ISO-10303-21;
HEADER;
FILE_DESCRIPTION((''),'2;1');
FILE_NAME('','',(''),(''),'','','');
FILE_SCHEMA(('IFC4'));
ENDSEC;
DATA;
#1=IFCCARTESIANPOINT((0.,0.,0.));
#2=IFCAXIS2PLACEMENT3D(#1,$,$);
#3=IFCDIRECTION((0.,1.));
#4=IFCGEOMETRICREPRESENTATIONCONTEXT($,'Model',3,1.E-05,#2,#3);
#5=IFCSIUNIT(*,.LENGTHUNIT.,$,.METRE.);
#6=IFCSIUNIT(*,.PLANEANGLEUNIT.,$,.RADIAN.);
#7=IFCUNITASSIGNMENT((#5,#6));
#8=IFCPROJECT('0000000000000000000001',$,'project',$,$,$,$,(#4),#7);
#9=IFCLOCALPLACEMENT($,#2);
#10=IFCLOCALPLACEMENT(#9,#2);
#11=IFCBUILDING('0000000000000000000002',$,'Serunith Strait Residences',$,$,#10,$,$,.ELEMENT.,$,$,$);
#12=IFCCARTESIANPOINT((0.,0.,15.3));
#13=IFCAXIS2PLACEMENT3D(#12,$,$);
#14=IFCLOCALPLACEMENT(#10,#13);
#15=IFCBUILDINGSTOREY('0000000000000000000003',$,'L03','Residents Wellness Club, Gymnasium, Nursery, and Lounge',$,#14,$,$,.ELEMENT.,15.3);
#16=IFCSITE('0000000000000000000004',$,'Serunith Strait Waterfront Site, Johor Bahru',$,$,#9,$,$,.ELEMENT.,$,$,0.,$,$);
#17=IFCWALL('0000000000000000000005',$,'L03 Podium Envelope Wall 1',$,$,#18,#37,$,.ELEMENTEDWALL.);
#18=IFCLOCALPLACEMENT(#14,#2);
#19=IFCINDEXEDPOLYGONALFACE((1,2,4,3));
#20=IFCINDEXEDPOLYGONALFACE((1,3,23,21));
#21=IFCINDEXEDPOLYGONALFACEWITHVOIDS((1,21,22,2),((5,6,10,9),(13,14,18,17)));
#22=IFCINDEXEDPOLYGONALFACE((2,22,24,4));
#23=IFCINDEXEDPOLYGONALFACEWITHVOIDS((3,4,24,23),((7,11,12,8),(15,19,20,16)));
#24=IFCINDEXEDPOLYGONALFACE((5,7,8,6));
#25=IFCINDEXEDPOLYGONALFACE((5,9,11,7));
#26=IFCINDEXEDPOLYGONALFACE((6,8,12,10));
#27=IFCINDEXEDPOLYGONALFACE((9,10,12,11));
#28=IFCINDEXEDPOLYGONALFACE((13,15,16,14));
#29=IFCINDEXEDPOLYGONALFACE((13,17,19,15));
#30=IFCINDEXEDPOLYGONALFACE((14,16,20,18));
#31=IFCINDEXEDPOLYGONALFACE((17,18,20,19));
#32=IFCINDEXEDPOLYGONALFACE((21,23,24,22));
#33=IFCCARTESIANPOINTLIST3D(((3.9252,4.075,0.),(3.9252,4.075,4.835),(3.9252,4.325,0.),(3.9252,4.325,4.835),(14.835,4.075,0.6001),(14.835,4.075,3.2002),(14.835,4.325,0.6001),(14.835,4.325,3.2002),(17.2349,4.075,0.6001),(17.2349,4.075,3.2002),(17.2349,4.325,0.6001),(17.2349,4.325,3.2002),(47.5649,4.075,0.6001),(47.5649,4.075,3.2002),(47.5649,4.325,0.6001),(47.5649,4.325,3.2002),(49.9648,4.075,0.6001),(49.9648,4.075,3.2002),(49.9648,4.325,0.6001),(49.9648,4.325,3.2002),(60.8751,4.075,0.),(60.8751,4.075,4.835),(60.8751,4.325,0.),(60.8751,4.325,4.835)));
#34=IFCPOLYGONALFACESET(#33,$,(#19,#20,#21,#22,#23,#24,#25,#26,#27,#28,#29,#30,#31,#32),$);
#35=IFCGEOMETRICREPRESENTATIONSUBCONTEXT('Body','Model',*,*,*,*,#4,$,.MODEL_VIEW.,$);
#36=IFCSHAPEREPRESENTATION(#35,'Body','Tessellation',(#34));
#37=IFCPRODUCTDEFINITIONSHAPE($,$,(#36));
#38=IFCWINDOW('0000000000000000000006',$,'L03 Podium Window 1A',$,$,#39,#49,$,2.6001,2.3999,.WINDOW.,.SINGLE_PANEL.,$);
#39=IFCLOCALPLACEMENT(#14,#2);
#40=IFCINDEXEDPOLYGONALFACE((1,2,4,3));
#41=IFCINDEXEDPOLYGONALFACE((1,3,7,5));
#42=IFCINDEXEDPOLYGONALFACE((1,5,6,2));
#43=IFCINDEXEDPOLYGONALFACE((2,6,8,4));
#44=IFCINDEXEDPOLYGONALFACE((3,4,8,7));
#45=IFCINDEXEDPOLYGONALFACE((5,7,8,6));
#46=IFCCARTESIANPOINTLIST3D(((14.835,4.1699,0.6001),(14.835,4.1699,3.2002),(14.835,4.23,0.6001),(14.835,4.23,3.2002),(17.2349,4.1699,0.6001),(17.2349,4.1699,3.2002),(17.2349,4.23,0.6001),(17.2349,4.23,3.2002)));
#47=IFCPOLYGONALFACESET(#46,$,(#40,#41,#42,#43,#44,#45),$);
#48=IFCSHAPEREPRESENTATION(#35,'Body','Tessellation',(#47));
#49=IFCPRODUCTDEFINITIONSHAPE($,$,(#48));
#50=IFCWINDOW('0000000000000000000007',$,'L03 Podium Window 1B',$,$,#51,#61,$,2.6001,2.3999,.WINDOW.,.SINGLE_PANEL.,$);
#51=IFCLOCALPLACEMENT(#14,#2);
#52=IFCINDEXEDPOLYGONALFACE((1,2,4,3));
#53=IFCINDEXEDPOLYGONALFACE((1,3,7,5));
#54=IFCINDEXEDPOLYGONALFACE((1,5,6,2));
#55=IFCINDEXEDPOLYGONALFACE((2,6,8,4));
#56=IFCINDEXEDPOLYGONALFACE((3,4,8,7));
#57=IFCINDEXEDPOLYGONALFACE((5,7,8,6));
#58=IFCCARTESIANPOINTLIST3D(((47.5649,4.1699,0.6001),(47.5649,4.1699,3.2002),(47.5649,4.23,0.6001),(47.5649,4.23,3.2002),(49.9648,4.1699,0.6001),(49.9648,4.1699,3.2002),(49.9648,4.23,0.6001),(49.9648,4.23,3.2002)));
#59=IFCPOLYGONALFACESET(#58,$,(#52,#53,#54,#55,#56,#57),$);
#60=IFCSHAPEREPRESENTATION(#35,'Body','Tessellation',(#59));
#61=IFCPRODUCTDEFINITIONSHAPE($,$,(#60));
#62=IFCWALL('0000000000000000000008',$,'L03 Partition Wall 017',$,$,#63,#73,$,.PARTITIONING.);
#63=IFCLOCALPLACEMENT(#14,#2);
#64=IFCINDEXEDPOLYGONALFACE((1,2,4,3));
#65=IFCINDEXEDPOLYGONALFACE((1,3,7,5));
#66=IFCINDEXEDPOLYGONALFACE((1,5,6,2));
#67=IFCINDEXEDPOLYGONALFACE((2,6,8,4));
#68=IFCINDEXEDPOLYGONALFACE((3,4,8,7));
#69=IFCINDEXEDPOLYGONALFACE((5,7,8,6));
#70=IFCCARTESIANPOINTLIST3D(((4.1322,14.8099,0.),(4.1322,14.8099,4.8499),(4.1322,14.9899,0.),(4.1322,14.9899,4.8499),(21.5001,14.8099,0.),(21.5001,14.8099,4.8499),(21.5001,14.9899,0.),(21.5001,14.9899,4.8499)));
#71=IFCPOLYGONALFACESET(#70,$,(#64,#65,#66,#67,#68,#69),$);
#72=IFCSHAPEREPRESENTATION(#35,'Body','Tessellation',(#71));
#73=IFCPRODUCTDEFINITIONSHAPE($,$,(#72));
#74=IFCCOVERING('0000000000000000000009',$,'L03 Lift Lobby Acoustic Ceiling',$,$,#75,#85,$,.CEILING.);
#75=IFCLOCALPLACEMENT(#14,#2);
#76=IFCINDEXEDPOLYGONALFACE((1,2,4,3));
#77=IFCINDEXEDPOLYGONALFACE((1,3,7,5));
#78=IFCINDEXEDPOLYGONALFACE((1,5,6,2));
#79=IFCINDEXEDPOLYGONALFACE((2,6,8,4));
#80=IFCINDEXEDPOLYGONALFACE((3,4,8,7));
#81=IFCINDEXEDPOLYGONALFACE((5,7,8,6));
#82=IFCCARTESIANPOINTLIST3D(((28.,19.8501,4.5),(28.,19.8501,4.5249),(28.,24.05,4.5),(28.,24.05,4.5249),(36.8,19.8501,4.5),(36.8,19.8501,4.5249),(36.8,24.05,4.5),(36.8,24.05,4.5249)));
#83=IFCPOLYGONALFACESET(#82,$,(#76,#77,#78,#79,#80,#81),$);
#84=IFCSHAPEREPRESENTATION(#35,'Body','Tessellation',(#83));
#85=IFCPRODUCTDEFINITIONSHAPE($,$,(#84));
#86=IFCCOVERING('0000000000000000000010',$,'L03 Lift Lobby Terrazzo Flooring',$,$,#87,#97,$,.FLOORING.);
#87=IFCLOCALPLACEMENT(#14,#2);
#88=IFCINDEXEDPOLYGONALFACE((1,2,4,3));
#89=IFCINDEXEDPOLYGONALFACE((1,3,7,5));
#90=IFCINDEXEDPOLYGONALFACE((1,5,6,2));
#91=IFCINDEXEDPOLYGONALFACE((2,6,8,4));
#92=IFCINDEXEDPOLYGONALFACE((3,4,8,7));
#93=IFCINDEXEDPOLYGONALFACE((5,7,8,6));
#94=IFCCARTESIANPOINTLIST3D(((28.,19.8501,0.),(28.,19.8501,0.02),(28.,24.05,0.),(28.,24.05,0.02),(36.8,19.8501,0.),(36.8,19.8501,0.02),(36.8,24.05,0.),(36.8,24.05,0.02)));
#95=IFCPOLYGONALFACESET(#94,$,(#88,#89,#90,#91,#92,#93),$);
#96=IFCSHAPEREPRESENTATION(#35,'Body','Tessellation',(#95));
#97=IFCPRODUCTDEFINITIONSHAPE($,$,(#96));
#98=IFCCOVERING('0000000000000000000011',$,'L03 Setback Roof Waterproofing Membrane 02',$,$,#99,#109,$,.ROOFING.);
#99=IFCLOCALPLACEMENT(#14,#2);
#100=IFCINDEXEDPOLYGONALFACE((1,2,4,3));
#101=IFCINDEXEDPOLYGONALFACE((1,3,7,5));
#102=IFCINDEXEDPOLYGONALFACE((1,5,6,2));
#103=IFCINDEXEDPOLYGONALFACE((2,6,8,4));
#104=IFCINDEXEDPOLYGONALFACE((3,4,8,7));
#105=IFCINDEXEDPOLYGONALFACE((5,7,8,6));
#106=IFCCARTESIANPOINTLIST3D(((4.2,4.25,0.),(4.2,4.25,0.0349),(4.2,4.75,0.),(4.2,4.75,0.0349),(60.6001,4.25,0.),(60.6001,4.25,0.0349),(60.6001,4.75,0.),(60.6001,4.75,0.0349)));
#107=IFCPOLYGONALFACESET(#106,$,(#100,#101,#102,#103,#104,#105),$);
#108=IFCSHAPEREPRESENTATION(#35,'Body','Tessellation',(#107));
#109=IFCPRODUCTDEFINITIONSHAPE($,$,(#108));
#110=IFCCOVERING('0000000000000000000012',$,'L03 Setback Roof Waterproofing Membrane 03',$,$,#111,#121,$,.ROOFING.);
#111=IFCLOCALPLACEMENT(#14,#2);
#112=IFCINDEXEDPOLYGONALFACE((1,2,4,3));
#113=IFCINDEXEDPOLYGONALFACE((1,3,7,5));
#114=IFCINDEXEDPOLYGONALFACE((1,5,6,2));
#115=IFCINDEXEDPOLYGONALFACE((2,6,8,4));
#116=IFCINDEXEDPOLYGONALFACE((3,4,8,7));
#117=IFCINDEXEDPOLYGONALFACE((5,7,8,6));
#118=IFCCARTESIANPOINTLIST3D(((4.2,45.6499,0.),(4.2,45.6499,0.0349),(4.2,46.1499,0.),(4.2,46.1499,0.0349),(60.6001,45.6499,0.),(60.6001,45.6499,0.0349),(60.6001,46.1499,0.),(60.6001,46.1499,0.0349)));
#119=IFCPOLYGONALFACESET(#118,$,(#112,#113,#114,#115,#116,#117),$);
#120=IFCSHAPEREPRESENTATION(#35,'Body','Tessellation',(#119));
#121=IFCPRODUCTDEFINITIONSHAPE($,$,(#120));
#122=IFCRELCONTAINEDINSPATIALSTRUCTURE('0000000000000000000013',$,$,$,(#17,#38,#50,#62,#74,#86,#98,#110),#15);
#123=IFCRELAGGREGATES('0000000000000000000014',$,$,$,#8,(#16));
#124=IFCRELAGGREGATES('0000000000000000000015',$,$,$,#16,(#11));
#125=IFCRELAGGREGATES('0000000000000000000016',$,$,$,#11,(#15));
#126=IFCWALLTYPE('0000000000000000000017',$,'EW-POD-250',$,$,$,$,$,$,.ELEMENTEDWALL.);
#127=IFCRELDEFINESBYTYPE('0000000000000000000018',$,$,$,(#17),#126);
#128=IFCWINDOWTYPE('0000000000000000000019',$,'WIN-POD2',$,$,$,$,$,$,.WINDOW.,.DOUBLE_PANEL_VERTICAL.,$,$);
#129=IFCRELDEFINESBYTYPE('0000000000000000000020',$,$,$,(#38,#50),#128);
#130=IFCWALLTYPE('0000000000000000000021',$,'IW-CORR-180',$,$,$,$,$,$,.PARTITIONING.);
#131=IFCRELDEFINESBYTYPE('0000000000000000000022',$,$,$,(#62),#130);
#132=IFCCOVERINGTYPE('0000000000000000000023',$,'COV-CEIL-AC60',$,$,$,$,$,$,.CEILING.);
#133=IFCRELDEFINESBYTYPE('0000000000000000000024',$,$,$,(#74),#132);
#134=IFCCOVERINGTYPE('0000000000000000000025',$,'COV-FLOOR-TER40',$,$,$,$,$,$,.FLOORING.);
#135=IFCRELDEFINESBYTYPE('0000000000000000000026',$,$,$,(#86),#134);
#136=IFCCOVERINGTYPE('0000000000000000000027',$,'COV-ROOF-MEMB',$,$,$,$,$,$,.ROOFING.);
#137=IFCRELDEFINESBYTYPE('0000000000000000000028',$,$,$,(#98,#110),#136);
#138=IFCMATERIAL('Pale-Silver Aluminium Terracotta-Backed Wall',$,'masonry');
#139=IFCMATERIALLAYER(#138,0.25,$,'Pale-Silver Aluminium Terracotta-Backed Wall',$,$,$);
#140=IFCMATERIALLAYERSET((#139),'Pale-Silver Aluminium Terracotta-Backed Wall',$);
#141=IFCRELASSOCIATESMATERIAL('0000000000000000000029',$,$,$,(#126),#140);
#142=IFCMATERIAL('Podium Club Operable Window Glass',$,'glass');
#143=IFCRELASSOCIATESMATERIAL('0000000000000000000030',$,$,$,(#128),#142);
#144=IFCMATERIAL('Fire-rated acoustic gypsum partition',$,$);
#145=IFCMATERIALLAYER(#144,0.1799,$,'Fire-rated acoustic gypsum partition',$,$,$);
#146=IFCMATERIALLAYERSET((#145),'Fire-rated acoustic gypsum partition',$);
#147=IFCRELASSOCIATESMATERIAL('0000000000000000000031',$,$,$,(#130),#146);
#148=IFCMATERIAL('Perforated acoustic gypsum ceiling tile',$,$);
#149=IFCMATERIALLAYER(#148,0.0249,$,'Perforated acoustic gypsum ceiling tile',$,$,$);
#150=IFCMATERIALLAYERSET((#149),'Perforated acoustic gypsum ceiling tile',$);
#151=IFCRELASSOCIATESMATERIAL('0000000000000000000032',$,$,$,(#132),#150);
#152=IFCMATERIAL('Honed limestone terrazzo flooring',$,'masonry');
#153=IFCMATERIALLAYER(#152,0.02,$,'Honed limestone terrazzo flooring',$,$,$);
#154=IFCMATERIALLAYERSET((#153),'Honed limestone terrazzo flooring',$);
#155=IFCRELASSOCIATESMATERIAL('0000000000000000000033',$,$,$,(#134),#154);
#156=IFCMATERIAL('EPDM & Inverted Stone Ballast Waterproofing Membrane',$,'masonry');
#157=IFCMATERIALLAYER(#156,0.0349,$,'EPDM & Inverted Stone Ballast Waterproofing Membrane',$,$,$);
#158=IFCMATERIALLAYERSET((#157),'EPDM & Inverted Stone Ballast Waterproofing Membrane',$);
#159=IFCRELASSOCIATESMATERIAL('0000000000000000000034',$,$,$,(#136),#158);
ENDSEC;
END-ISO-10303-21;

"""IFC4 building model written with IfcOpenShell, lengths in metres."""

from ifc_helpers import new_model, si_unit, direction, frame, frame_2d, origin, place, context, subcontext, project, spatial, polyline, rectangle, outline, extrude, source, transform, mapped, material, layer, layer_set, type_object, element, fill, save


model = new_model("IFC4")

# Units and contexts
model_context = context("Model", 3, precision=1e-05, world=origin(), true_north=direction((0.0, 1.0)))
body_context = subcontext(model_context, "Body", "Model", "MODEL_VIEW")
ifc_project = project(units=[si_unit("LENGTHUNIT", "METRE"), si_unit("PLANEANGLEUNIT", "RADIAN")], contexts=[model_context])

# Site, building, storey
site_placement = place(None, origin())
site = spatial("IfcSite", under=ifc_project, at=site_placement, Name="Serunith Strait Waterfront Site, Johor Bahru", CompositionType="ELEMENT", RefElevation=0.0)
building_placement = place(site_placement, origin())
building = spatial("IfcBuilding", under=site, at=building_placement, Name="Serunith Strait Residences", CompositionType="ELEMENT")
storey_placement = place(building_placement, frame((0.0, 0.0, 15.3)))
storey = spatial("IfcBuildingStorey", under=building, at=storey_placement, Name="L03", Description="Residents Wellness Club, Gymnasium, Nursery, and Lounge", CompositionType="ELEMENT", Elevation=15.3)

# Wall, openings, windows
ifc_material_1 = material(Name="Pale-Silver Aluminium Terracotta-Backed Wall", Category="masonry")
ifc_layer_1 = layer(ifc_material_1, 0.25, Name="Pale-Silver Aluminium Terracotta-Backed Wall")
ifc_layer_set_1 = layer_set([ifc_layer_1], Name="Pale-Silver Aluminium Terracotta-Backed Wall")
wall_type_1 = type_object("IfcWallType", Name="EW-POD-250", PredefinedType="ELEMENTEDWALL", material=ifc_layer_set_1)
wall_1_placement = place(storey_placement, frame((3.925, 4.2, 0.0), z_axis=(0.0, 0.0, 1.0), x_axis=(1.0, 0.0, 0.0)))
wall_1 = element("IfcWall", 1, at=wall_1_placement, inside=storey, type_object=wall_type_1, Name="L03 Podium Envelope Wall 1", PredefinedType="ELEMENTEDWALL", context=body_context, shape_type="SweptSolid", body=[
    extrude(rectangle(XDim=56.95, YDim=0.25, at=frame_2d((28.4751, 0.0))), origin(), (0.0, 0.0, 1.0), 4.835),
])
opening_1_placement = place(wall_1_placement, frame((10.9099, 0.0, 0.6001)))
opening_1 = element("IfcOpeningElement", 2, at=opening_1_placement, cuts=wall_1, PredefinedType="OPENING", context=body_context, shape_type="SweptSolid", body=[
    extrude(rectangle(XDim=2.3999, YDim=2.6001, at=frame_2d((1.2, 1.3))), frame((0.0, 0.135, 0.0), z_axis=(0.0, -1.0, 0.0), x_axis=(1.0, 0.0, 0.0)), (0.0, 0.0, 1.0), 0.27),
])
opening_2_placement = place(wall_1_placement, frame((43.6399, 0.0, 0.6001)))
opening_2 = element("IfcOpeningElement", 3, at=opening_2_placement, cuts=wall_1, PredefinedType="OPENING", context=body_context, shape_type="SweptSolid", body=[
    extrude(rectangle(XDim=2.3999, YDim=2.6001, at=frame_2d((1.2, 1.3))), frame((0.0, 0.135, 0.0), z_axis=(0.0, -1.0, 0.0), x_axis=(1.0, 0.0, 0.0)), (0.0, 0.0, 1.0), 0.27),
])
ifc_material_2 = material(Name="Podium Club Operable Window Glass", Category="glass")
window_type_1 = type_object("IfcWindowType", Name="WIN-POD2", PartitioningType="DOUBLE_PANEL_VERTICAL", PredefinedType="WINDOW", material=ifc_material_2)
shared_shape_1 = source(origin(), body_context, "Body", "SweptSolid", [
    extrude(rectangle(XDim=2.3999, YDim=2.6001, at=frame_2d((1.2, 1.3))), frame((0.0, 0.03, 0.0), z_axis=(0.0, -1.0, 0.0), x_axis=(1.0, 0.0, 0.0)), (0.0, 0.0, 1.0), 0.0601),
])
window_1_placement = place(opening_1_placement, origin())
window_1 = element("IfcWindow", 4, at=window_1_placement, inside=storey, type_object=window_type_1, Name="L03 Podium Window 1A", OverallHeight=2.6001, OverallWidth=2.3999, PartitioningType="SINGLE_PANEL", PredefinedType="WINDOW", context=body_context, shape_type="MappedRepresentation", body=[
    mapped(shared_shape_1, transform((0.0, 0.0, 0.0), scale=1.0)),
])
fill(opening_1, window_1)
window_2_placement = place(opening_2_placement, origin())
window_2 = element("IfcWindow", 5, at=window_2_placement, inside=storey, type_object=window_type_1, Name="L03 Podium Window 1B", OverallHeight=2.6001, OverallWidth=2.3999, PartitioningType="SINGLE_PANEL", PredefinedType="WINDOW", context=body_context, shape_type="MappedRepresentation", body=[
    mapped(shared_shape_1, transform((0.0, 0.0, 0.0), scale=1.0)),
])
fill(opening_2, window_2)

# Wall
ifc_material_3 = material(Name="Fire-rated acoustic gypsum partition")
ifc_layer_2 = layer(ifc_material_3, 0.1799, Name="Fire-rated acoustic gypsum partition")
ifc_layer_set_2 = layer_set([ifc_layer_2], Name="Fire-rated acoustic gypsum partition")
wall_type_2 = type_object("IfcWallType", Name="IW-CORR-180", PredefinedType="PARTITIONING", material=ifc_layer_set_2)
wall_2_placement = place(storey_placement, frame((4.1321, 14.8999, 0.0), z_axis=(0.0, 0.0, 1.0), x_axis=(1.0, 0.0, 0.0)))
element("IfcWall", 6, at=wall_2_placement, inside=storey, type_object=wall_type_2, Name="L03 Partition Wall 017", PredefinedType="PARTITIONING", context=body_context, shape_type="SweptSolid", body=[
    extrude(rectangle(XDim=17.3679, YDim=0.1799, at=frame_2d((8.6841, 0.0))), origin(), (0.0, 0.0, 1.0), 4.8499),
])

# Coverings
ifc_material_4 = material(Name="Perforated acoustic gypsum ceiling tile")
ifc_layer_3 = layer(ifc_material_4, 0.0249, Name="Perforated acoustic gypsum ceiling tile")
ifc_layer_set_3 = layer_set([ifc_layer_3], Name="Perforated acoustic gypsum ceiling tile")
covering_type_1 = type_object("IfcCoveringType", Name="COV-CEIL-AC60", PredefinedType="CEILING", material=ifc_layer_set_3)
covering_1_placement = place(storey_placement, frame((0.0, 0.0, 4.5)))
element("IfcCovering", 7, at=covering_1_placement, inside=storey, type_object=covering_type_1, Name="L03 Lift Lobby Acoustic Ceiling", PredefinedType="CEILING", context=body_context, shape_type="SweptSolid", body=[
    extrude(outline(polyline([(28.0, 19.8501), (36.8, 19.8501), (36.8, 24.05), (28.0, 24.05), (28.0, 19.8501)])), origin(), (0.0, 0.0, 1.0), 0.0249),
])
ifc_material_5 = material(Name="Honed limestone terrazzo flooring", Category="masonry")
ifc_layer_4 = layer(ifc_material_5, 0.02, Name="Honed limestone terrazzo flooring")
ifc_layer_set_4 = layer_set([ifc_layer_4], Name="Honed limestone terrazzo flooring")
covering_type_2 = type_object("IfcCoveringType", Name="COV-FLOOR-TER40", PredefinedType="FLOORING", material=ifc_layer_set_4)
covering_2_placement = place(storey_placement, origin())
element("IfcCovering", 8, at=covering_2_placement, inside=storey, type_object=covering_type_2, Name="L03 Lift Lobby Terrazzo Flooring", PredefinedType="FLOORING", context=body_context, shape_type="SweptSolid", body=[
    extrude(outline(polyline([(28.0, 19.8501), (36.8, 19.8501), (36.8, 24.05), (28.0, 24.05), (28.0, 19.8501)])), origin(), (0.0, 0.0, 1.0), 0.02),
])
ifc_material_6 = material(Name="EPDM & Inverted Stone Ballast Waterproofing Membrane", Category="masonry")
ifc_layer_5 = layer(ifc_material_6, 0.0349, Name="EPDM & Inverted Stone Ballast Waterproofing Membrane")
ifc_layer_set_5 = layer_set([ifc_layer_5], Name="EPDM & Inverted Stone Ballast Waterproofing Membrane")
covering_type_3 = type_object("IfcCoveringType", Name="COV-ROOF-MEMB", PredefinedType="ROOFING", material=ifc_layer_set_5)
covering_3_placement = place(storey_placement, origin())
element("IfcCovering", 9, at=covering_3_placement, inside=storey, type_object=covering_type_3, Name="L03 Setback Roof Waterproofing Membrane 02", PredefinedType="ROOFING", context=body_context, shape_type="SweptSolid", body=[
    extrude(outline(polyline([(4.2, 4.25), (60.6001, 4.25), (60.6001, 4.75), (4.2, 4.75), (4.2, 4.25)])), origin(), (0.0, 0.0, 1.0), 0.0349),
])
covering_4_placement = place(storey_placement, origin())
element("IfcCovering", 10, at=covering_4_placement, inside=storey, type_object=covering_type_3, Name="L03 Setback Roof Waterproofing Membrane 03", PredefinedType="ROOFING", context=body_context, shape_type="SweptSolid", body=[
    extrude(outline(polyline([(4.2, 45.6499), (60.6001, 45.6499), (60.6001, 46.1499), (4.2, 46.1499), (4.2, 45.6499)])), origin(), (0.0, 0.0, 1.0), 0.0349),
])

save(model, "model.ifc")
